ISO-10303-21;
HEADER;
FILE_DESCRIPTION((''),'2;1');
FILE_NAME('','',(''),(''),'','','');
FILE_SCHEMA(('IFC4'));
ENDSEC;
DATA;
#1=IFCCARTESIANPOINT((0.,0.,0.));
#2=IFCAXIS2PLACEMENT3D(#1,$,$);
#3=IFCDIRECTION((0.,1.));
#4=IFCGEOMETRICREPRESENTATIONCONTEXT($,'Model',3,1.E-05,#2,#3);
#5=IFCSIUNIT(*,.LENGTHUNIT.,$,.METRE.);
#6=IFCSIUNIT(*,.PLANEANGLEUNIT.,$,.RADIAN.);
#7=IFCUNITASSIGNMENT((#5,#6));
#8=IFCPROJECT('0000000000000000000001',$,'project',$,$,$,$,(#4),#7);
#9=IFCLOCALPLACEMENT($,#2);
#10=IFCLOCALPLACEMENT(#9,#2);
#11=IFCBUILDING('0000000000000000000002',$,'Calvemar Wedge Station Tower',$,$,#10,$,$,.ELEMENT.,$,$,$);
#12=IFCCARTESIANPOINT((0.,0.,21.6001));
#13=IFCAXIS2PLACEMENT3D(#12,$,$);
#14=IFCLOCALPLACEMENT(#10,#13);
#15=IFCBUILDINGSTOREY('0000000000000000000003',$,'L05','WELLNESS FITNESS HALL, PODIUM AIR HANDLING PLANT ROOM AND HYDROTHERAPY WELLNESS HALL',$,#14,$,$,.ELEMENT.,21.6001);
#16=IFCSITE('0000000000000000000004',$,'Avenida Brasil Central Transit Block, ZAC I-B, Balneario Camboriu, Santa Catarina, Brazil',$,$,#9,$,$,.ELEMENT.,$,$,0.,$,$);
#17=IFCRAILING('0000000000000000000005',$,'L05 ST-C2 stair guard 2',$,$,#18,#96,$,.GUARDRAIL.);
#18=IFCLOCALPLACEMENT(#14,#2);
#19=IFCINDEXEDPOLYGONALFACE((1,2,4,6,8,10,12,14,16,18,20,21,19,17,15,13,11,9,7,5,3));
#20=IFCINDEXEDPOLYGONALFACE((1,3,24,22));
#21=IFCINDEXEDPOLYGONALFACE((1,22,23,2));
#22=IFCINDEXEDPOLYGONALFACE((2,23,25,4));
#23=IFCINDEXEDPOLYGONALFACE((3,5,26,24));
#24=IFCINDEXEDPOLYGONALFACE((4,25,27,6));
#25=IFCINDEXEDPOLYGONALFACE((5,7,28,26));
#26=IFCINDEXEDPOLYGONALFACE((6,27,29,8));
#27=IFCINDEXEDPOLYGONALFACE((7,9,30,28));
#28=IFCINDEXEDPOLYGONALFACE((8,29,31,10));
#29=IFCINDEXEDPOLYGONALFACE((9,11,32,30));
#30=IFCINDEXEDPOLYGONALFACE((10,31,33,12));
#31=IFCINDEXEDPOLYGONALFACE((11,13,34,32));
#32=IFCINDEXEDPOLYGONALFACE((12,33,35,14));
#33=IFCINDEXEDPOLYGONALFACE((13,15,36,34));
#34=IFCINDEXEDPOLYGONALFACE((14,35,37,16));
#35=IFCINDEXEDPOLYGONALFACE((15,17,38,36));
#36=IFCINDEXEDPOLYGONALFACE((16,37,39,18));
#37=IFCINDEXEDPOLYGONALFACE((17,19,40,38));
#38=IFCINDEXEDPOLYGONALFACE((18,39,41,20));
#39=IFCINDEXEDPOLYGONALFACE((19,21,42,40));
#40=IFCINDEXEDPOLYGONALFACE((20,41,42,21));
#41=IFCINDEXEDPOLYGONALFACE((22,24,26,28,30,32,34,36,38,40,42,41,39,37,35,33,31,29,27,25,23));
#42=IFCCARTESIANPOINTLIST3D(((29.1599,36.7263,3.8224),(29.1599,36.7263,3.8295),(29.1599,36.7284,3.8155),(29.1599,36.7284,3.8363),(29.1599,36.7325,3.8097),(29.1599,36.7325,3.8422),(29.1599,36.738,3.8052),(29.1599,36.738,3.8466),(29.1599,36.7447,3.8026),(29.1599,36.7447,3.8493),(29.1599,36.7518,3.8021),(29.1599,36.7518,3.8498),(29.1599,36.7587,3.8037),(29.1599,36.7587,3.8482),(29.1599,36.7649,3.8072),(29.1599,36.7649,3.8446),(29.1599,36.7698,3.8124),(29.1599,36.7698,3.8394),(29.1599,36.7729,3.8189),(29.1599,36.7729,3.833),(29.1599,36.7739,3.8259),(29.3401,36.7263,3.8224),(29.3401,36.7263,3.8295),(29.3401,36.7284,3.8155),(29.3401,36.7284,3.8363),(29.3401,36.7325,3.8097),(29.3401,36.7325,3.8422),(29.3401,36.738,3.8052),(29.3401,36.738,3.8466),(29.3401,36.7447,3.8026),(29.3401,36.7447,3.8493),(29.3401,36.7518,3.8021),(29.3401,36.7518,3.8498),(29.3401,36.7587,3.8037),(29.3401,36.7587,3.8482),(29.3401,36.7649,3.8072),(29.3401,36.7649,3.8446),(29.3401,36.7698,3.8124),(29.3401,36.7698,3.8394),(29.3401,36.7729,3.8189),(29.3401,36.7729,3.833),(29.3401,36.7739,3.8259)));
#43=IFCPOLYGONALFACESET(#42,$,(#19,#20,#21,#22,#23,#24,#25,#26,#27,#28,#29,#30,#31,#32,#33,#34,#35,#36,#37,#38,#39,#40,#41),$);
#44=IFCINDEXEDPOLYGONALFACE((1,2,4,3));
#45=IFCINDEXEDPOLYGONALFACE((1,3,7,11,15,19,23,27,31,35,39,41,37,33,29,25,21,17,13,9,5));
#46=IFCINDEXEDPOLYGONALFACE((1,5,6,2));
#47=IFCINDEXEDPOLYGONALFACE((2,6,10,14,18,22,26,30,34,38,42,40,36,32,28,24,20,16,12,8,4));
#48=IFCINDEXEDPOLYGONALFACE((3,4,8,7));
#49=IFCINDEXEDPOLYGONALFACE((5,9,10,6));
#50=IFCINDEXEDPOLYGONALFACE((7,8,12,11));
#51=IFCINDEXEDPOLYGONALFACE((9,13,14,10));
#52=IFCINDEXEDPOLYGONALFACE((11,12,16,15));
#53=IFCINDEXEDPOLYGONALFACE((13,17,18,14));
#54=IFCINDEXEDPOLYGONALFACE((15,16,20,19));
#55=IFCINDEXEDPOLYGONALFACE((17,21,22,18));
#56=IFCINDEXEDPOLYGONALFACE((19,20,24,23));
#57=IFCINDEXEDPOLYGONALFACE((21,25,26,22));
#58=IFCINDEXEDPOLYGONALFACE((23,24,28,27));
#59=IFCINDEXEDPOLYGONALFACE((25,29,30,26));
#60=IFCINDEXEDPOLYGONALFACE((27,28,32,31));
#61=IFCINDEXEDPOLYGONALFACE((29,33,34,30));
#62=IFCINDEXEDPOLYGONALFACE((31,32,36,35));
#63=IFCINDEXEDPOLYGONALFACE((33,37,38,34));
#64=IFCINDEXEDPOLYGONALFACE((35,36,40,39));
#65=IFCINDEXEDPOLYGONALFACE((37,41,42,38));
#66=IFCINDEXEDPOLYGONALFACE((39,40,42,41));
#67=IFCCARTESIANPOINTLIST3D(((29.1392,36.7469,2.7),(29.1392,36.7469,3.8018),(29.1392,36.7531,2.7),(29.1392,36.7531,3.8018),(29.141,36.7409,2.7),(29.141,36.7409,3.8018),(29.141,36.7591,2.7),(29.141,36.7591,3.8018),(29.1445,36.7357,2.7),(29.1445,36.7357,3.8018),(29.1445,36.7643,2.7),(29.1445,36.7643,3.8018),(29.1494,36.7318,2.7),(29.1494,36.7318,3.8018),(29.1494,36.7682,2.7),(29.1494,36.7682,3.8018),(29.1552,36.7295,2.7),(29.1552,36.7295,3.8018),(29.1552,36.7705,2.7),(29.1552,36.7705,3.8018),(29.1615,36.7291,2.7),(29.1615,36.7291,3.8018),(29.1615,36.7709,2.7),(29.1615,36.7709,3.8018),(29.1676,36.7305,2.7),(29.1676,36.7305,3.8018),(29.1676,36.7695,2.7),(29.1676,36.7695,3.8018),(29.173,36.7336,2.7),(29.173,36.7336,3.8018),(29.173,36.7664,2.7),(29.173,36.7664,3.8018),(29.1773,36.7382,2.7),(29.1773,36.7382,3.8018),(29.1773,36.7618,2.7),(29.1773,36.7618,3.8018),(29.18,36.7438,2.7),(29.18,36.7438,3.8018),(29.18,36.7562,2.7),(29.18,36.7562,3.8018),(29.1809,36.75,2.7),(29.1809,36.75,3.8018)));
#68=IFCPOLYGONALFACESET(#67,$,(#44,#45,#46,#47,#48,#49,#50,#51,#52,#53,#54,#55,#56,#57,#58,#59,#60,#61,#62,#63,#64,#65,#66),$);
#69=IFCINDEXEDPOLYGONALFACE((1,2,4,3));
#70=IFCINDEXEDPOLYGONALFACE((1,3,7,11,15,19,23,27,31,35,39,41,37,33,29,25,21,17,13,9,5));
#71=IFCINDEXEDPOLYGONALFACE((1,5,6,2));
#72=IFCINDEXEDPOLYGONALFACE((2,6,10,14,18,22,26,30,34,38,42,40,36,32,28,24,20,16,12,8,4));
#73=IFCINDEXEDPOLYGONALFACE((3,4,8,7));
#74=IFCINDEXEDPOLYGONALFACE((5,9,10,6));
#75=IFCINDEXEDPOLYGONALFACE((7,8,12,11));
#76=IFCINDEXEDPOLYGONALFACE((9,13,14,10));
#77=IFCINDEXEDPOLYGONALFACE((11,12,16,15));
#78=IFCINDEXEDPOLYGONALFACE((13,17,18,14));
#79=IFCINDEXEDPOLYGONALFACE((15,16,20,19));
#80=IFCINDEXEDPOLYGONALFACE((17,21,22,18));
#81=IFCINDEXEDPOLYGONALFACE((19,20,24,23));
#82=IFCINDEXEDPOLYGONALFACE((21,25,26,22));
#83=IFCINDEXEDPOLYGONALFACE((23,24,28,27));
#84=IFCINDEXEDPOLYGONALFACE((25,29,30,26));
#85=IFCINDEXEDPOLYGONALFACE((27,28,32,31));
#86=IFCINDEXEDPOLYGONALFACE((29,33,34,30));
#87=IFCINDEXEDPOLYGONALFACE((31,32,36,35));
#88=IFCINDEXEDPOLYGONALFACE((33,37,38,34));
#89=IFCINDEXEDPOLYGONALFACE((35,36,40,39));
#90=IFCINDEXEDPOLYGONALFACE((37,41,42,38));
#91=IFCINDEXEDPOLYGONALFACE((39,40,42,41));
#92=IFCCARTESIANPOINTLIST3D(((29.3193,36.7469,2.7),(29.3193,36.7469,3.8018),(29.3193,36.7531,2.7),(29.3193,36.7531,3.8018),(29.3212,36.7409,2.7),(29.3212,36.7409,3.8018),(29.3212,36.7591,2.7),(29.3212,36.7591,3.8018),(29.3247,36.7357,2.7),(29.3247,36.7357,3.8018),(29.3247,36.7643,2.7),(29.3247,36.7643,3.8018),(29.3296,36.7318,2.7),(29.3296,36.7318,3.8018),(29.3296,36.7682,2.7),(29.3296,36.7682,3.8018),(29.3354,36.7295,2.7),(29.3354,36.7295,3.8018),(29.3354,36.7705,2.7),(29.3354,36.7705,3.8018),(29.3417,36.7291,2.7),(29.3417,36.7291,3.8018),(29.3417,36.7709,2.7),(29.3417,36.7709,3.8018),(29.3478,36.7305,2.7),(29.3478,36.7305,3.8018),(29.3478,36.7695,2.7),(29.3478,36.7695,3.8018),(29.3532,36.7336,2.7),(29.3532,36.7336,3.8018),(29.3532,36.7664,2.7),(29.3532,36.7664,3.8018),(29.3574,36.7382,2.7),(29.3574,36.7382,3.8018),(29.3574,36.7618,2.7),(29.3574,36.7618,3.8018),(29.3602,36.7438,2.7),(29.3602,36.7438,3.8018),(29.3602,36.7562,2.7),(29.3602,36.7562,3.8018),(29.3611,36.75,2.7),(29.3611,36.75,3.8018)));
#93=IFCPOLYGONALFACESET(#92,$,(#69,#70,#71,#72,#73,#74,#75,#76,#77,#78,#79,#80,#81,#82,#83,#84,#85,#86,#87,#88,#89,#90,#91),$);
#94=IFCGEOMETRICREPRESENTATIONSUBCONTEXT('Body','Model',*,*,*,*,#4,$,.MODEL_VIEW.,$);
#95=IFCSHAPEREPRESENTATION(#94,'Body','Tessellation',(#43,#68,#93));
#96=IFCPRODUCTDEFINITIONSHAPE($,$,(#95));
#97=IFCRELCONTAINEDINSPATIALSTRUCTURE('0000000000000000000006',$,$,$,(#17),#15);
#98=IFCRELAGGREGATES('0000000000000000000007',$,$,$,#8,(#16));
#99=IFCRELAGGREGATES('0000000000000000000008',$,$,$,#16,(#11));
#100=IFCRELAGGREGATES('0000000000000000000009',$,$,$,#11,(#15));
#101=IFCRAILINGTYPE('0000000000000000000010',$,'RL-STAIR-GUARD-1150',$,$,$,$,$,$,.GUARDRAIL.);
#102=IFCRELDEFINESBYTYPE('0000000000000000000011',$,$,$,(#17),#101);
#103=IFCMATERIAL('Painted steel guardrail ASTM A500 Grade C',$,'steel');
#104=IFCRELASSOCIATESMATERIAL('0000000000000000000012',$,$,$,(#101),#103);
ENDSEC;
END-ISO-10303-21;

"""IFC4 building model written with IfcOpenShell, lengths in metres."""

from ifc_helpers import new_model, si_unit, direction, frame, origin, origin_2d, place, context, subcontext, project, spatial, circle, extrude, material, type_object, element, save


model = new_model("IFC4")

# Units and contexts
model_context = context("Model", 3, precision=1e-05, world=origin(), true_north=direction((0.0, 1.0)))
body_context = subcontext(model_context, "Body", "Model", "MODEL_VIEW")
ifc_project = project(units=[si_unit("LENGTHUNIT", "METRE"), si_unit("PLANEANGLEUNIT", "RADIAN")], contexts=[model_context])

# Site, building, storey
site_placement = place(None, origin())
site = spatial("IfcSite", under=ifc_project, at=site_placement, Name="Avenida Brasil Central Transit Block, ZAC I-B, Balneario Camboriu, Santa Catarina, Brazil", CompositionType="ELEMENT", RefElevation=0.0)
building_placement = place(site_placement, origin())
building = spatial("IfcBuilding", under=site, at=building_placement, Name="Calvemar Wedge Station Tower", CompositionType="ELEMENT")
storey_placement = place(building_placement, frame((0.0, 0.0, 21.6001)))
storey = spatial("IfcBuildingStorey", under=building, at=storey_placement, Name="L05", Description="WELLNESS FITNESS HALL, PODIUM AIR HANDLING PLANT ROOM AND HYDROTHERAPY WELLNESS HALL", CompositionType="ELEMENT", Elevation=21.6001)

# Railing
ifc_material_1 = material(Name="Painted steel guardrail ASTM A500 Grade C", Category="steel")
railing_type_1 = type_object("IfcRailingType", Name="RL-STAIR-GUARD-1150", PredefinedType="GUARDRAIL", material=ifc_material_1)
railing_1_placement = place(storey_placement, frame((29.1599, 36.75, 2.7)))
element("IfcRailing", 1, at=railing_1_placement, inside=storey, type_object=railing_type_1, Name="L05 ST-C2 stair guard 2", PredefinedType="GUARDRAIL", context=body_context, shape_type="SweptSolid", body=[
    extrude(circle(Radius=0.0239, at=origin_2d()), frame((0.0, 0.0, 1.126), z_axis=(1.0, 0.0, 0.0), x_axis=(0.0, 1.0, 0.0)), (0.0, 0.0, 1.0), 0.1802),
    extrude(circle(Radius=0.021, at=origin_2d()), origin(), (0.0, 0.0, 1.0), 1.1018),
    extrude(circle(Radius=0.021, at=origin_2d()), frame((0.1802, 0.0, 0.0)), (0.0, 0.0, 1.0), 1.1018),
])

save(model, "model.ifc")
